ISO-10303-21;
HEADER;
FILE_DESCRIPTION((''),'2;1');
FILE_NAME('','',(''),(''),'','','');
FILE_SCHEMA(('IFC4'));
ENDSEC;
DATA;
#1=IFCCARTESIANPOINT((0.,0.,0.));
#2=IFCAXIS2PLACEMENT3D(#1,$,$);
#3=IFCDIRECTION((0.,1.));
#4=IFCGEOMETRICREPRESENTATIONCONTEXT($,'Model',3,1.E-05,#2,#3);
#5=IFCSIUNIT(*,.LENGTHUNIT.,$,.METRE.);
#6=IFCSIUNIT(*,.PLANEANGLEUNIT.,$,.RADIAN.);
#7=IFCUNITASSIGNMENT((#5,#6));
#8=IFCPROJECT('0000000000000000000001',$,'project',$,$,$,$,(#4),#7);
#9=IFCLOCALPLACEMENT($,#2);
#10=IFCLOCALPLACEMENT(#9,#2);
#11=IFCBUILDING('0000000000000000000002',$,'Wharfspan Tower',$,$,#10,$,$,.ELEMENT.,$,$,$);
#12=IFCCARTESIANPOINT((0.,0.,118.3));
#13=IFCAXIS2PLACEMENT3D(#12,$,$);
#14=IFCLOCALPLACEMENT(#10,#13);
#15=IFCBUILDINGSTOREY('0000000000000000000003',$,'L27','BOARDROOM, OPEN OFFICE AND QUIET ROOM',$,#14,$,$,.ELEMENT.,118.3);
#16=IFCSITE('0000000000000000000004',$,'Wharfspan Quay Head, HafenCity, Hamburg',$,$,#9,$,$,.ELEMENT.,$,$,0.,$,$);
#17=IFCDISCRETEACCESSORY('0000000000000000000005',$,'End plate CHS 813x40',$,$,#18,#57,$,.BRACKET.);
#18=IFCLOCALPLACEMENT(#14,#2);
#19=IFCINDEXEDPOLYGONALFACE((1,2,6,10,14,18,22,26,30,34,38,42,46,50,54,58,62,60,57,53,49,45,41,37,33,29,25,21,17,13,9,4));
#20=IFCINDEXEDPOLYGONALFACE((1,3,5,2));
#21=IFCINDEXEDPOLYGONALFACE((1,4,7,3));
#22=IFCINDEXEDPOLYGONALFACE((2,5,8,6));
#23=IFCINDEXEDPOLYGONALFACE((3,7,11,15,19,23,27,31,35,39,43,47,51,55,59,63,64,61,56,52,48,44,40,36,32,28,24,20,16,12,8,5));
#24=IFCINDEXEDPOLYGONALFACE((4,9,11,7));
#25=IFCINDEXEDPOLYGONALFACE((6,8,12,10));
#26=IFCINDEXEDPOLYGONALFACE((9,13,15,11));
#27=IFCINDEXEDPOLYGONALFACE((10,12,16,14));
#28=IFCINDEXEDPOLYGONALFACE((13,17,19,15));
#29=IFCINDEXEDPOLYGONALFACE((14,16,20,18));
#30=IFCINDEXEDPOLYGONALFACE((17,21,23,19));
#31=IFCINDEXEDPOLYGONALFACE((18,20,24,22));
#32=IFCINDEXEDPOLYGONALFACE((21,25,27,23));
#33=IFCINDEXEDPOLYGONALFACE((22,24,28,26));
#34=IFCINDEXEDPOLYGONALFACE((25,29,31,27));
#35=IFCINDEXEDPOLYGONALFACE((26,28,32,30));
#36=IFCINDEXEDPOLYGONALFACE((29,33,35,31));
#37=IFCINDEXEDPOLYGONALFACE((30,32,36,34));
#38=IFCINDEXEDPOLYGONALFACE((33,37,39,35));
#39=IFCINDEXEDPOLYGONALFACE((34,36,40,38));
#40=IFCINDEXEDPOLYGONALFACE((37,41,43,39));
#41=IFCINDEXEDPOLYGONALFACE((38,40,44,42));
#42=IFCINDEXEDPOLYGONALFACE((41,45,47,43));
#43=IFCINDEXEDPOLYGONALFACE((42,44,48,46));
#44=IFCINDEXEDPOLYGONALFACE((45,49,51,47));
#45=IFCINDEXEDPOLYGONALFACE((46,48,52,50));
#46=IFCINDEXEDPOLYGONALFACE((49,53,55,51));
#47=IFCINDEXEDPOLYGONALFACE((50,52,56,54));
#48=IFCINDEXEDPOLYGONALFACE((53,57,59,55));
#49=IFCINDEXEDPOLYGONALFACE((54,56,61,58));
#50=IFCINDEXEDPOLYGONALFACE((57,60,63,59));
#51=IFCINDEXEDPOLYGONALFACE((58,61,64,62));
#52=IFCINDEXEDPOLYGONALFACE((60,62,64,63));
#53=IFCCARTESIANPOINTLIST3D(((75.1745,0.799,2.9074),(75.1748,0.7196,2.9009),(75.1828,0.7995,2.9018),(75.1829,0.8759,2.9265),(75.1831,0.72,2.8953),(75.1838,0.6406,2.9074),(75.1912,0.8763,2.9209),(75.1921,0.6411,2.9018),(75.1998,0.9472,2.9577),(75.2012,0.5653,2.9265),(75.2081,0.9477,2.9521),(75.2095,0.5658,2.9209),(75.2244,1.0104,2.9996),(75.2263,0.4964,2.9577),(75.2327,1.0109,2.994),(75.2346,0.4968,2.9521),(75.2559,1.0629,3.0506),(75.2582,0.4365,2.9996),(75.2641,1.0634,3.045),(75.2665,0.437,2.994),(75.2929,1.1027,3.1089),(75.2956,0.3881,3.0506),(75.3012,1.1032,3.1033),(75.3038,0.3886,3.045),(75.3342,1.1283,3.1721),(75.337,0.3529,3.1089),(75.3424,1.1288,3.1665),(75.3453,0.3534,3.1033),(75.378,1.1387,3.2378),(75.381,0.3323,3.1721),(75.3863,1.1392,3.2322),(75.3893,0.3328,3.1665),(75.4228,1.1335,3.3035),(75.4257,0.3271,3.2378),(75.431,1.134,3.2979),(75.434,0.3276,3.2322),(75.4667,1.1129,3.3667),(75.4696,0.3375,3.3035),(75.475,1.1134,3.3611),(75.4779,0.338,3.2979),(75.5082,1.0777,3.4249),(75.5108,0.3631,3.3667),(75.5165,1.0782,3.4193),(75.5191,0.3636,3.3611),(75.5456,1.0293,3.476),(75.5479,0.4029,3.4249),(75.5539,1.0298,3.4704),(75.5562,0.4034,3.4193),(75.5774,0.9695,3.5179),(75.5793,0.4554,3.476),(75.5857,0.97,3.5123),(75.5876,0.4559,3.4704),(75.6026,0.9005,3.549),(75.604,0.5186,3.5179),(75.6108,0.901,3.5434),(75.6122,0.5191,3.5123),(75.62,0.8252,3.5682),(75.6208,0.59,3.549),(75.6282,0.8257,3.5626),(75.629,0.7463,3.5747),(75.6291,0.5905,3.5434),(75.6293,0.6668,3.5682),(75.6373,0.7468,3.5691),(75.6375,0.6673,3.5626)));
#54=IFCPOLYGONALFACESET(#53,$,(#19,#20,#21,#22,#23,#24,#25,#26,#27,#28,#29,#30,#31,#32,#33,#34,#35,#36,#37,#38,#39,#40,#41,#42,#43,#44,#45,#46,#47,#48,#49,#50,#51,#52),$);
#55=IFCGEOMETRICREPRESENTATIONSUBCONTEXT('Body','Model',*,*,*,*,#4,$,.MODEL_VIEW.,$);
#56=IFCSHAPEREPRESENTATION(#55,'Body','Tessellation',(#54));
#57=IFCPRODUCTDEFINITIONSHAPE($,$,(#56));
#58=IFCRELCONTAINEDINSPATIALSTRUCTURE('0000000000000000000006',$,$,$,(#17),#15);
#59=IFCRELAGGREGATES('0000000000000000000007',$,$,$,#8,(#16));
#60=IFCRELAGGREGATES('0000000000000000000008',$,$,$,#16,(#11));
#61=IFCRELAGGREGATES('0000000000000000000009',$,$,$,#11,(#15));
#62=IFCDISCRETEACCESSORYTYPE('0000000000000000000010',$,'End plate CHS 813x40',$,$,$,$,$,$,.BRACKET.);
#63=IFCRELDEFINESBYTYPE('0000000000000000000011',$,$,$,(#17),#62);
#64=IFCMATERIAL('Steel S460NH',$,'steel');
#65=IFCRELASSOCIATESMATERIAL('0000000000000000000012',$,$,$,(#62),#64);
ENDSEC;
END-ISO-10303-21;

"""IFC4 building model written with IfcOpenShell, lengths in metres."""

from ifc_helpers import new_model, si_unit, direction, frame, origin, origin_2d, place, context, subcontext, project, spatial, circle, extrude, material, material_profile, profile_set, type_object, element, save


model = new_model("IFC4")

# Units and contexts
model_context = context("Model", 3, precision=1e-05, world=origin(), true_north=direction((0.0, 1.0)))
body_context = subcontext(model_context, "Body", "Model", "MODEL_VIEW")
ifc_project = project(units=[si_unit("LENGTHUNIT", "METRE"), si_unit("PLANEANGLEUNIT", "RADIAN")], contexts=[model_context])

# Site, building, storey
site_placement = place(None, origin())
site = spatial("IfcSite", under=ifc_project, at=site_placement, Name="Wharfspan Quay Head, HafenCity, Hamburg", CompositionType="ELEMENT", RefElevation=0.0)
building_placement = place(site_placement, origin())
building = spatial("IfcBuilding", under=site, at=building_placement, Name="Wharfspan Tower", CompositionType="ELEMENT")
storey_placement = place(building_placement, frame((0.0, 0.0, 118.3)))
storey = spatial("IfcBuildingStorey", under=building, at=storey_placement, Name="L27", Description="BOARDROOM, OPEN OFFICE AND QUIET ROOM", CompositionType="ELEMENT", Elevation=118.3)

# Shared definitions
ifc_material_1 = material(Name="Steel S460NH", Category="steel")

# Discrete accessory
ifc_material_profile_1 = material_profile(ifc_material_1, circle(Radius=0.4065, at=origin_2d()))
ifc_profile_set_1 = profile_set([ifc_material_profile_1], Name="Steel S460NH")
discrete_accessory_type = type_object("IfcDiscreteAccessoryType", Name="End plate CHS 813x40", PredefinedType="BRACKET", material=ifc_profile_set_1)
discrete_accessory_1_placement = place(storey_placement, frame((75.4102, 0.7334, 3.2322), z_axis=(-0.827302, -0.048665, 0.559645), x_axis=(0.058723, -0.998276, 0.000001)))
element("IfcDiscreteAccessory", 1, at=discrete_accessory_1_placement, inside=storey, type_object=discrete_accessory_type, Name="End plate CHS 813x40", PredefinedType="BRACKET", context=body_context, shape_type="SweptSolid", body=[
    extrude(circle(Radius=0.4065, at=origin_2d()), origin(), (0.0, 0.0, 1.0), 0.01),
])

save(model, "model.ifc")
